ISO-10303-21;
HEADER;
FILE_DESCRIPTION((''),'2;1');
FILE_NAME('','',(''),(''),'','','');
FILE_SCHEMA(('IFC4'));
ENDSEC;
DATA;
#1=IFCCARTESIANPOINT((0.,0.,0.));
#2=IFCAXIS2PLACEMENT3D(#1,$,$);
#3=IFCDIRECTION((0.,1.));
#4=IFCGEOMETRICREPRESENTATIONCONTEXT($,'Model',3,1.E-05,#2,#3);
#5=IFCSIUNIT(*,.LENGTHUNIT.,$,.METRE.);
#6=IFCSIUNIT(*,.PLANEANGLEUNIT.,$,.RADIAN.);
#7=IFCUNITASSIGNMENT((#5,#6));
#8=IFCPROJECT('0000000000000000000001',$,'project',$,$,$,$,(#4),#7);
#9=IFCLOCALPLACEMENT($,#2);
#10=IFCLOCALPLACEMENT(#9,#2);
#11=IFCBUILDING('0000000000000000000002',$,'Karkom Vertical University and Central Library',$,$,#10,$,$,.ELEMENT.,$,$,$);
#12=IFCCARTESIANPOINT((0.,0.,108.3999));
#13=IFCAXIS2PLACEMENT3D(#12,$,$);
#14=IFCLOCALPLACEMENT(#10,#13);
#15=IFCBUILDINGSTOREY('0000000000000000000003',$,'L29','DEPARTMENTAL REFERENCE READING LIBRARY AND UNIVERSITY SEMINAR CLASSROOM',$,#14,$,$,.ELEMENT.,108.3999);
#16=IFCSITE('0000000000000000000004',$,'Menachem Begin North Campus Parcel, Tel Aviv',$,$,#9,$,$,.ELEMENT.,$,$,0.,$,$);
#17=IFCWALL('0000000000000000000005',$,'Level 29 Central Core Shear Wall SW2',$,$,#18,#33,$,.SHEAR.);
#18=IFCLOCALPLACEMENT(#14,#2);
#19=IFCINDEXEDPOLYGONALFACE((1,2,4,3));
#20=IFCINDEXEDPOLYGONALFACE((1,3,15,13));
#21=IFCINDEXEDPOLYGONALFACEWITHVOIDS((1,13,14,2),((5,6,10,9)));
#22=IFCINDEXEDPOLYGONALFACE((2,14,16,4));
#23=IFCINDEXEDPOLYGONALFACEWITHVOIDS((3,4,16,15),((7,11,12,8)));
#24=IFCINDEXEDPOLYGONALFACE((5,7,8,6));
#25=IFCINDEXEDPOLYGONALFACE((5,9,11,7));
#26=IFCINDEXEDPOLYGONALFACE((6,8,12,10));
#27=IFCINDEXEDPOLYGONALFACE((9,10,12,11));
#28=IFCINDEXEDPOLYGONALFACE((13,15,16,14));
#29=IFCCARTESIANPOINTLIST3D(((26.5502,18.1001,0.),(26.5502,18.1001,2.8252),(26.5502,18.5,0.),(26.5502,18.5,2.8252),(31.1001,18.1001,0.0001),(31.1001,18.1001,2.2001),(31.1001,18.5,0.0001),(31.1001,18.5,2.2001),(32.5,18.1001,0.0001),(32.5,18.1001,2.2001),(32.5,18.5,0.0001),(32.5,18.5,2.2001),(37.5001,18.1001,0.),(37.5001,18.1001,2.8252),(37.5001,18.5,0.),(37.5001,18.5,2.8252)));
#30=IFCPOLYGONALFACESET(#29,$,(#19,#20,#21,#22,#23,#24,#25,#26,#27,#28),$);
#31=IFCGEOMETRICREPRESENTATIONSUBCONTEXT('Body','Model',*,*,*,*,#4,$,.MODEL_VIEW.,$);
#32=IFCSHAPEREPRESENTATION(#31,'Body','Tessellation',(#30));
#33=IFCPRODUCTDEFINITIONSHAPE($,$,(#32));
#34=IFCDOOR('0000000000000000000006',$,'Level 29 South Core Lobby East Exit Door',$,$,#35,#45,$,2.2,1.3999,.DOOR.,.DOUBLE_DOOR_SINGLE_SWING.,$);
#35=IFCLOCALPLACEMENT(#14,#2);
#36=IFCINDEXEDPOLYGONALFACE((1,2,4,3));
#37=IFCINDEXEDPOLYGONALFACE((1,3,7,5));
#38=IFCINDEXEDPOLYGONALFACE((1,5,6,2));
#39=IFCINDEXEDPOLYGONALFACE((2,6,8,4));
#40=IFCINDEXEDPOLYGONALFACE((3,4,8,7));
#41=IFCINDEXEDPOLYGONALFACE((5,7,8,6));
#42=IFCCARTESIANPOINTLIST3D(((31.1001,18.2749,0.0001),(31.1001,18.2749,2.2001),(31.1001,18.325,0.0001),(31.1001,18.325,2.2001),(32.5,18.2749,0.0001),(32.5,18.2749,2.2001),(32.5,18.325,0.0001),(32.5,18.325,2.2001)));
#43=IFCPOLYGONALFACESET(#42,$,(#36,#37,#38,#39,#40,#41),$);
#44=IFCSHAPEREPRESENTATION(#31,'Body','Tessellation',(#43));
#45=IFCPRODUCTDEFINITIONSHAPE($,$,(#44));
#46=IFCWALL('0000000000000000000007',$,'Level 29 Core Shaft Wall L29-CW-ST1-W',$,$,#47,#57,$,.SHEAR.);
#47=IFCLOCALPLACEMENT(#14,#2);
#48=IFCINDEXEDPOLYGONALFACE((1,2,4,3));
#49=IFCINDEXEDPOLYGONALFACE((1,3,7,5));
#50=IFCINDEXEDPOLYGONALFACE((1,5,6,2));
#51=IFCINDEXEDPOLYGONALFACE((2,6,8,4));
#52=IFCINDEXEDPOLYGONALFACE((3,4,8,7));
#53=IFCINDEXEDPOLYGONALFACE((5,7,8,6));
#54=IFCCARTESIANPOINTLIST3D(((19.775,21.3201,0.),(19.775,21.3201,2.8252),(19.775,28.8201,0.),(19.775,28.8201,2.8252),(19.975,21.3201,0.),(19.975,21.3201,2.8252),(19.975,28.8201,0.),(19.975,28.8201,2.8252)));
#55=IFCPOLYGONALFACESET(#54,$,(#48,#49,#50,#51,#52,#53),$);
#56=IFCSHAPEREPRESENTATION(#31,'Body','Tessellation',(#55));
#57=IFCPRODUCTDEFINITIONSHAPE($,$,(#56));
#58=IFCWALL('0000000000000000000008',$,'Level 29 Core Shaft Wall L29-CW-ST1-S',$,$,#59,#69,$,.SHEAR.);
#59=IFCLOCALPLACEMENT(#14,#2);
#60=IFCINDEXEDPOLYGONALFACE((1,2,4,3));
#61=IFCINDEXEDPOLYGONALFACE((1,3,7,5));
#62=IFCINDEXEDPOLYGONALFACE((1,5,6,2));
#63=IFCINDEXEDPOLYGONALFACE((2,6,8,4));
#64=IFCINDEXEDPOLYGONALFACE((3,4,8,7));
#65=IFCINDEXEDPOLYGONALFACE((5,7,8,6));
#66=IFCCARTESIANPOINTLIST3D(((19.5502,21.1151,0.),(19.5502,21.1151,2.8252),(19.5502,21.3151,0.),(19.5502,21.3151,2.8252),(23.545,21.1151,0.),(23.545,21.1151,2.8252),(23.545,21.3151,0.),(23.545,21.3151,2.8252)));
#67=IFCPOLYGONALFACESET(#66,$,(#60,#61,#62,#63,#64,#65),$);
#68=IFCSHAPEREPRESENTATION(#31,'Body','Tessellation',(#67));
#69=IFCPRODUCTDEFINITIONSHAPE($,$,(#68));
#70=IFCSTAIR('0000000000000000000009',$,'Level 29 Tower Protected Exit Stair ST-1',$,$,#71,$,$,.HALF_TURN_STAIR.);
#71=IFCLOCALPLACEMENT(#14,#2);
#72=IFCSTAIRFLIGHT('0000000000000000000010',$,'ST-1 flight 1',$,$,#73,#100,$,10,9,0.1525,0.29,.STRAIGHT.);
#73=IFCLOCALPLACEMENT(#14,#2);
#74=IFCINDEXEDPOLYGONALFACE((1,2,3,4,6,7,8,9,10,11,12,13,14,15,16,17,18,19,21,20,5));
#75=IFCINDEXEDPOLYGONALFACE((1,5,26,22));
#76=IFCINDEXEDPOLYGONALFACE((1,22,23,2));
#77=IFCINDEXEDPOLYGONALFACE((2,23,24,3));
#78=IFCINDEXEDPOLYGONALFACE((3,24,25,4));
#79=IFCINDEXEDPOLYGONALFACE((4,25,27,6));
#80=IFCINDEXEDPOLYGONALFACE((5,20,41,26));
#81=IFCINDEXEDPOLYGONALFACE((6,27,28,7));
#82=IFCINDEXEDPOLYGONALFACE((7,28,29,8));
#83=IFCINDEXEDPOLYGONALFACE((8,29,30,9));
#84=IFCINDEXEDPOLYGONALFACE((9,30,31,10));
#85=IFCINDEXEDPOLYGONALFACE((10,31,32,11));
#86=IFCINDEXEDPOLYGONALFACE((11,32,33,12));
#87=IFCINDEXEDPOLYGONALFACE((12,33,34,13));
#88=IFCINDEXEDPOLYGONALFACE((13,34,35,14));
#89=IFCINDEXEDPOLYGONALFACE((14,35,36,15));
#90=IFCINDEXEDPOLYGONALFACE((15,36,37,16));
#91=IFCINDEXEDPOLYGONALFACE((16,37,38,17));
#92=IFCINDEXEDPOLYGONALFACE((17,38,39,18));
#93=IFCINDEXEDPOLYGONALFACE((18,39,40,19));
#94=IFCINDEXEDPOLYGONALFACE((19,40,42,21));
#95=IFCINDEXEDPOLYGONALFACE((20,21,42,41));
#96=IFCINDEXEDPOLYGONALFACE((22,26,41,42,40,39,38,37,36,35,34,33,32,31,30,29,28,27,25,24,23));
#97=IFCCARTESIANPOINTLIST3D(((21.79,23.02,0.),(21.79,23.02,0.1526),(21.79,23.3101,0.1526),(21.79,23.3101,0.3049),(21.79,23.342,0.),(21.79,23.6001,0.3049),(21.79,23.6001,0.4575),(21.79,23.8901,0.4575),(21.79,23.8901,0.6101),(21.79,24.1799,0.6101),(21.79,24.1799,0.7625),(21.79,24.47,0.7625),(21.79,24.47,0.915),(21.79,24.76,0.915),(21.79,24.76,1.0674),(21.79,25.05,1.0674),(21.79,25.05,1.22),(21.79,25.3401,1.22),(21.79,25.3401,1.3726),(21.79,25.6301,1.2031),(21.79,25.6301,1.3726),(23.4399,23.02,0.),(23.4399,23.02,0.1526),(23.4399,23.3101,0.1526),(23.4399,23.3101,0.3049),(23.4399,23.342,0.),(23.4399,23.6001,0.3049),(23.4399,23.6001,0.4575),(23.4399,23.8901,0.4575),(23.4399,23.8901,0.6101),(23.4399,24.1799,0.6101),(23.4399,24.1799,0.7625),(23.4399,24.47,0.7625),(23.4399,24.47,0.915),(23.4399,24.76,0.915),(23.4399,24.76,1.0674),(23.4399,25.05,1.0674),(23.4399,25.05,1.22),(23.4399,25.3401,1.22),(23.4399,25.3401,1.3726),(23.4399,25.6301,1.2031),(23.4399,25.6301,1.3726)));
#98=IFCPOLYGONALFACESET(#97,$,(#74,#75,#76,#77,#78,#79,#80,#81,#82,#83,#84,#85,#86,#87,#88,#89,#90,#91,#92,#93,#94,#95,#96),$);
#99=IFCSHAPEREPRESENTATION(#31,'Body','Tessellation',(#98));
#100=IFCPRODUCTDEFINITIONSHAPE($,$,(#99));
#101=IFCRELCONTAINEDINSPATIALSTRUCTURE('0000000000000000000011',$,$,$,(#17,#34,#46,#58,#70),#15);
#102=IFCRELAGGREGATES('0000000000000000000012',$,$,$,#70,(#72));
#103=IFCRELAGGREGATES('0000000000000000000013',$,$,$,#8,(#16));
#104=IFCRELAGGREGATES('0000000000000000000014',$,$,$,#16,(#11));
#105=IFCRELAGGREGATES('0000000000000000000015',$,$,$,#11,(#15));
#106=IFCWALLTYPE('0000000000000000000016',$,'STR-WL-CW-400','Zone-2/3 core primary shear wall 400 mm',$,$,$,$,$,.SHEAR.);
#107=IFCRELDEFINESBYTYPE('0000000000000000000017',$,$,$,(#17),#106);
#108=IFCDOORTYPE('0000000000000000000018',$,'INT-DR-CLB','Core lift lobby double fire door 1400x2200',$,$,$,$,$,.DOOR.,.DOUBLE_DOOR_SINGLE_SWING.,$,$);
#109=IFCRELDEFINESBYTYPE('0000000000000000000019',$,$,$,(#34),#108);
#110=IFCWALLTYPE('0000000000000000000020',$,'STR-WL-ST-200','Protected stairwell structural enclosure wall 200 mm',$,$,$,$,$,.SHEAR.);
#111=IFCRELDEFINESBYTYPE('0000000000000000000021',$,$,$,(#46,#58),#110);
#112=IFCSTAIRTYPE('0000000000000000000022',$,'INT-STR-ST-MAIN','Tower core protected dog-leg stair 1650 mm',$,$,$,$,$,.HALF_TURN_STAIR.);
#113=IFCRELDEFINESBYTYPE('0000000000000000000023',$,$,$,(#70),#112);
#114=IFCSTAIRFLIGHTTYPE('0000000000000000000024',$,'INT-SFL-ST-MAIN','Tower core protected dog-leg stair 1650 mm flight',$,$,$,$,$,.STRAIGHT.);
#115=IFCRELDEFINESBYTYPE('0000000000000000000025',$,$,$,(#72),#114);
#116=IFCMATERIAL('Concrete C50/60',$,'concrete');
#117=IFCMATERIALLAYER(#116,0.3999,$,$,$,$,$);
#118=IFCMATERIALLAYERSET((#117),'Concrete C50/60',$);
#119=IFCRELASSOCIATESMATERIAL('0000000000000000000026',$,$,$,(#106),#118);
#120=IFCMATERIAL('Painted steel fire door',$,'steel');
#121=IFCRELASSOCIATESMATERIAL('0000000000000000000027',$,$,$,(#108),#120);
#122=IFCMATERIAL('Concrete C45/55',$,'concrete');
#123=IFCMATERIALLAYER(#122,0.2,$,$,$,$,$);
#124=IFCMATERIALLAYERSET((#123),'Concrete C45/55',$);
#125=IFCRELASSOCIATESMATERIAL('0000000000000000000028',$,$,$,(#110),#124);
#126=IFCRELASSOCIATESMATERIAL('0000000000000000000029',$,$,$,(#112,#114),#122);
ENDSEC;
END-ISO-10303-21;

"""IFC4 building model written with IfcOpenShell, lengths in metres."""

from ifc_helpers import new_model, si_unit, direction, frame, frame_2d, origin, origin_with_axes, place, context, subcontext, project, spatial, polyline, rectangle, outline, extrude, source, transform, mapped, material, layer, layer_set, type_object, element, fill, aggregate, save


model = new_model("IFC4")

# Units and contexts
model_context = context("Model", 3, precision=1e-05, world=origin(), true_north=direction((0.0, 1.0)))
body_context = subcontext(model_context, "Body", "Model", "MODEL_VIEW")
ifc_project = project(units=[si_unit("LENGTHUNIT", "METRE"), si_unit("PLANEANGLEUNIT", "RADIAN")], contexts=[model_context])

# Site, building, storey
site_placement = place(None, origin())
site = spatial("IfcSite", under=ifc_project, at=site_placement, Name="Menachem Begin North Campus Parcel, Tel Aviv", CompositionType="ELEMENT", RefElevation=0.0)
building_placement = place(site_placement, origin())
building = spatial("IfcBuilding", under=site, at=building_placement, Name="Karkom Vertical University and Central Library", CompositionType="ELEMENT")
storey_placement = place(building_placement, frame((0.0, 0.0, 108.3999)))
storey = spatial("IfcBuildingStorey", under=building, at=storey_placement, Name="L29", Description="DEPARTMENTAL REFERENCE READING LIBRARY AND UNIVERSITY SEMINAR CLASSROOM", CompositionType="ELEMENT", Elevation=108.3999)

# Shared definitions
ifc_material_1 = material(Name="Concrete C50/60", Category="concrete")

# Wall, opening, door
ifc_layer_1 = layer(ifc_material_1, 0.3999)
ifc_layer_set_1 = layer_set([ifc_layer_1], Name="Concrete C50/60")
wall_type_1 = type_object("IfcWallType", Name="STR-WL-CW-400", Description="Zone-2/3 core primary shear wall 400 mm", PredefinedType="SHEAR", material=ifc_layer_set_1)
wall_1_placement = place(storey_placement, frame((26.55, 18.3, 0.0), z_axis=(0.0, 0.0, 1.0), x_axis=(1.0, 0.0, 0.0)))
wall_1 = element("IfcWall", 1, at=wall_1_placement, inside=storey, type_object=wall_type_1, Name="Level 29 Central Core Shear Wall SW2", PredefinedType="SHEAR", context=body_context, shape_type="SweptSolid", body=[
    extrude(rectangle(XDim=10.95, YDim=0.3999, at=frame_2d((5.4751, 0.0))), origin(), (0.0, 0.0, 1.0), 2.8252),
])
opening_1_placement = place(wall_1_placement, frame((4.55, 0.0, 0.0)))
opening_1 = element("IfcOpeningElement", 2, at=opening_1_placement, cuts=wall_1, PredefinedType="OPENING", context=body_context, shape_type="SweptSolid", body=[
    extrude(rectangle(XDim=1.3999, YDim=2.2, at=frame_2d((0.7, 1.1001))), frame((0.0, 0.21, 0.0), z_axis=(0.0, -1.0, 0.0), x_axis=(1.0, 0.0, 0.0)), (0.0, 0.0, 1.0), 0.4199),
])
ifc_material_2 = material(Name="Painted steel fire door", Category="steel")
door_type_1 = type_object("IfcDoorType", Name="INT-DR-CLB", Description="Core lift lobby double fire door 1400x2200", OperationType="DOUBLE_DOOR_SINGLE_SWING", PredefinedType="DOOR", material=ifc_material_2)
shared_shape_1 = source(origin_with_axes(), body_context, "Body", "SweptSolid", [
    extrude(rectangle(XDim=1.3999, YDim=2.2, at=frame_2d((0.7, 1.1001))), frame((0.0, 0.0249, 0.0), z_axis=(0.0, -1.0, 0.0), x_axis=(1.0, 0.0, 0.0)), (0.0, 0.0, 1.0), 0.05),
])
door_1_placement = place(opening_1_placement, origin())
door_1 = element("IfcDoor", 3, at=door_1_placement, inside=storey, type_object=door_type_1, Name="Level 29 South Core Lobby East Exit Door", OperationType="DOUBLE_DOOR_SINGLE_SWING", OverallHeight=2.2, OverallWidth=1.3999, PredefinedType="DOOR", context=body_context, shape_type="MappedRepresentation", body=[
    mapped(shared_shape_1, transform((0.0, 0.0, 0.0), scale=1.0)),
])
fill(opening_1, door_1)

# Shared definitions
ifc_material_3 = material(Name="Concrete C45/55", Category="concrete")
ifc_layer_2 = layer(ifc_material_3, 0.2)
ifc_layer_set_2 = layer_set([ifc_layer_2], Name="Concrete C45/55")
wall_type_2 = type_object("IfcWallType", Name="STR-WL-ST-200", Description="Protected stairwell structural enclosure wall 200 mm", PredefinedType="SHEAR", material=ifc_layer_set_2)

# Walls
wall_2_placement = place(storey_placement, frame((19.875, 21.3201, 0.0), z_axis=(0.0, 0.0, 1.0), x_axis=(0.0, 1.0, 0.0)))
element("IfcWall", 4, at=wall_2_placement, inside=storey, type_object=wall_type_2, Name="Level 29 Core Shaft Wall L29-CW-ST1-W", PredefinedType="SHEAR", context=body_context, shape_type="SweptSolid", body=[
    extrude(rectangle(XDim=7.5, YDim=0.2, at=frame_2d((3.75, 0.0))), origin(), (0.0, 0.0, 1.0), 2.8252),
])
wall_3_placement = place(storey_placement, frame((19.55, 21.2151, 0.0), z_axis=(0.0, 0.0, 1.0), x_axis=(1.0, 0.0, 0.0)))
element("IfcWall", 5, at=wall_3_placement, inside=storey, type_object=wall_type_2, Name="Level 29 Core Shaft Wall L29-CW-ST1-S", PredefinedType="SHEAR", context=body_context, shape_type="SweptSolid", body=[
    extrude(rectangle(XDim=3.9949, YDim=0.2, at=frame_2d((1.9976, 0.0))), origin(), (0.0, 0.0, 1.0), 2.8252),
])

# Stair, stair flight
stair_type = type_object("IfcStairType", Name="INT-STR-ST-MAIN", Description="Tower core protected dog-leg stair 1650 mm", PredefinedType="HALF_TURN_STAIR", material=ifc_material_3)
stair_placement = place(storey_placement, origin())
stair = element("IfcStair", 6, at=stair_placement, inside=storey, type_object=stair_type, Name="Level 29 Tower Protected Exit Stair ST-1", PredefinedType="HALF_TURN_STAIR")
stair_flight_type = type_object("IfcStairFlightType", Name="INT-SFL-ST-MAIN", Description="Tower core protected dog-leg stair 1650 mm flight", PredefinedType="STRAIGHT", material=ifc_material_3)
stair_flight_placement = place(storey_placement, frame((22.615, 23.02, 0.0), z_axis=(0.0, 0.0, 1.0), x_axis=(0.0, 1.0, 0.0)))
stair_flight = element("IfcStairFlight", 7, at=stair_flight_placement, type_object=stair_flight_type, Name="ST-1 flight 1", NumberOfRisers=10, NumberOfTreads=9, PredefinedType="STRAIGHT", RiserHeight=0.1525, TreadLength=0.29, context=body_context, shape_type="SweptSolid", body=[
    extrude(outline(polyline([(0.0, 0.0), (0.0, 0.1526), (0.29, 0.1526), (0.29, 0.3049), (0.5801, 0.3049), (0.5801, 0.4575), (0.8701, 0.4575), (0.8701, 0.6101), (1.1599, 0.6101), (1.1599, 0.7625), (1.45, 0.7625), (1.45, 0.915), (1.74, 0.915), (1.74, 1.0674), (2.03, 1.0674), (2.03, 1.22), (2.3201, 1.22), (2.3201, 1.3726), (2.6101, 1.3726), (2.6101, 1.5249), (2.6101, 1.2031), (0.322, 0.0), (0.0, 0.0)])), frame((0.0, 0.825, 0.0), z_axis=(0.0, -1.0, 0.0), x_axis=(1.0, 0.0, 0.0)), (0.0, 0.0, 1.0), 1.6499),
])
aggregate(stair, [stair_flight])

save(model, "model.ifc")
